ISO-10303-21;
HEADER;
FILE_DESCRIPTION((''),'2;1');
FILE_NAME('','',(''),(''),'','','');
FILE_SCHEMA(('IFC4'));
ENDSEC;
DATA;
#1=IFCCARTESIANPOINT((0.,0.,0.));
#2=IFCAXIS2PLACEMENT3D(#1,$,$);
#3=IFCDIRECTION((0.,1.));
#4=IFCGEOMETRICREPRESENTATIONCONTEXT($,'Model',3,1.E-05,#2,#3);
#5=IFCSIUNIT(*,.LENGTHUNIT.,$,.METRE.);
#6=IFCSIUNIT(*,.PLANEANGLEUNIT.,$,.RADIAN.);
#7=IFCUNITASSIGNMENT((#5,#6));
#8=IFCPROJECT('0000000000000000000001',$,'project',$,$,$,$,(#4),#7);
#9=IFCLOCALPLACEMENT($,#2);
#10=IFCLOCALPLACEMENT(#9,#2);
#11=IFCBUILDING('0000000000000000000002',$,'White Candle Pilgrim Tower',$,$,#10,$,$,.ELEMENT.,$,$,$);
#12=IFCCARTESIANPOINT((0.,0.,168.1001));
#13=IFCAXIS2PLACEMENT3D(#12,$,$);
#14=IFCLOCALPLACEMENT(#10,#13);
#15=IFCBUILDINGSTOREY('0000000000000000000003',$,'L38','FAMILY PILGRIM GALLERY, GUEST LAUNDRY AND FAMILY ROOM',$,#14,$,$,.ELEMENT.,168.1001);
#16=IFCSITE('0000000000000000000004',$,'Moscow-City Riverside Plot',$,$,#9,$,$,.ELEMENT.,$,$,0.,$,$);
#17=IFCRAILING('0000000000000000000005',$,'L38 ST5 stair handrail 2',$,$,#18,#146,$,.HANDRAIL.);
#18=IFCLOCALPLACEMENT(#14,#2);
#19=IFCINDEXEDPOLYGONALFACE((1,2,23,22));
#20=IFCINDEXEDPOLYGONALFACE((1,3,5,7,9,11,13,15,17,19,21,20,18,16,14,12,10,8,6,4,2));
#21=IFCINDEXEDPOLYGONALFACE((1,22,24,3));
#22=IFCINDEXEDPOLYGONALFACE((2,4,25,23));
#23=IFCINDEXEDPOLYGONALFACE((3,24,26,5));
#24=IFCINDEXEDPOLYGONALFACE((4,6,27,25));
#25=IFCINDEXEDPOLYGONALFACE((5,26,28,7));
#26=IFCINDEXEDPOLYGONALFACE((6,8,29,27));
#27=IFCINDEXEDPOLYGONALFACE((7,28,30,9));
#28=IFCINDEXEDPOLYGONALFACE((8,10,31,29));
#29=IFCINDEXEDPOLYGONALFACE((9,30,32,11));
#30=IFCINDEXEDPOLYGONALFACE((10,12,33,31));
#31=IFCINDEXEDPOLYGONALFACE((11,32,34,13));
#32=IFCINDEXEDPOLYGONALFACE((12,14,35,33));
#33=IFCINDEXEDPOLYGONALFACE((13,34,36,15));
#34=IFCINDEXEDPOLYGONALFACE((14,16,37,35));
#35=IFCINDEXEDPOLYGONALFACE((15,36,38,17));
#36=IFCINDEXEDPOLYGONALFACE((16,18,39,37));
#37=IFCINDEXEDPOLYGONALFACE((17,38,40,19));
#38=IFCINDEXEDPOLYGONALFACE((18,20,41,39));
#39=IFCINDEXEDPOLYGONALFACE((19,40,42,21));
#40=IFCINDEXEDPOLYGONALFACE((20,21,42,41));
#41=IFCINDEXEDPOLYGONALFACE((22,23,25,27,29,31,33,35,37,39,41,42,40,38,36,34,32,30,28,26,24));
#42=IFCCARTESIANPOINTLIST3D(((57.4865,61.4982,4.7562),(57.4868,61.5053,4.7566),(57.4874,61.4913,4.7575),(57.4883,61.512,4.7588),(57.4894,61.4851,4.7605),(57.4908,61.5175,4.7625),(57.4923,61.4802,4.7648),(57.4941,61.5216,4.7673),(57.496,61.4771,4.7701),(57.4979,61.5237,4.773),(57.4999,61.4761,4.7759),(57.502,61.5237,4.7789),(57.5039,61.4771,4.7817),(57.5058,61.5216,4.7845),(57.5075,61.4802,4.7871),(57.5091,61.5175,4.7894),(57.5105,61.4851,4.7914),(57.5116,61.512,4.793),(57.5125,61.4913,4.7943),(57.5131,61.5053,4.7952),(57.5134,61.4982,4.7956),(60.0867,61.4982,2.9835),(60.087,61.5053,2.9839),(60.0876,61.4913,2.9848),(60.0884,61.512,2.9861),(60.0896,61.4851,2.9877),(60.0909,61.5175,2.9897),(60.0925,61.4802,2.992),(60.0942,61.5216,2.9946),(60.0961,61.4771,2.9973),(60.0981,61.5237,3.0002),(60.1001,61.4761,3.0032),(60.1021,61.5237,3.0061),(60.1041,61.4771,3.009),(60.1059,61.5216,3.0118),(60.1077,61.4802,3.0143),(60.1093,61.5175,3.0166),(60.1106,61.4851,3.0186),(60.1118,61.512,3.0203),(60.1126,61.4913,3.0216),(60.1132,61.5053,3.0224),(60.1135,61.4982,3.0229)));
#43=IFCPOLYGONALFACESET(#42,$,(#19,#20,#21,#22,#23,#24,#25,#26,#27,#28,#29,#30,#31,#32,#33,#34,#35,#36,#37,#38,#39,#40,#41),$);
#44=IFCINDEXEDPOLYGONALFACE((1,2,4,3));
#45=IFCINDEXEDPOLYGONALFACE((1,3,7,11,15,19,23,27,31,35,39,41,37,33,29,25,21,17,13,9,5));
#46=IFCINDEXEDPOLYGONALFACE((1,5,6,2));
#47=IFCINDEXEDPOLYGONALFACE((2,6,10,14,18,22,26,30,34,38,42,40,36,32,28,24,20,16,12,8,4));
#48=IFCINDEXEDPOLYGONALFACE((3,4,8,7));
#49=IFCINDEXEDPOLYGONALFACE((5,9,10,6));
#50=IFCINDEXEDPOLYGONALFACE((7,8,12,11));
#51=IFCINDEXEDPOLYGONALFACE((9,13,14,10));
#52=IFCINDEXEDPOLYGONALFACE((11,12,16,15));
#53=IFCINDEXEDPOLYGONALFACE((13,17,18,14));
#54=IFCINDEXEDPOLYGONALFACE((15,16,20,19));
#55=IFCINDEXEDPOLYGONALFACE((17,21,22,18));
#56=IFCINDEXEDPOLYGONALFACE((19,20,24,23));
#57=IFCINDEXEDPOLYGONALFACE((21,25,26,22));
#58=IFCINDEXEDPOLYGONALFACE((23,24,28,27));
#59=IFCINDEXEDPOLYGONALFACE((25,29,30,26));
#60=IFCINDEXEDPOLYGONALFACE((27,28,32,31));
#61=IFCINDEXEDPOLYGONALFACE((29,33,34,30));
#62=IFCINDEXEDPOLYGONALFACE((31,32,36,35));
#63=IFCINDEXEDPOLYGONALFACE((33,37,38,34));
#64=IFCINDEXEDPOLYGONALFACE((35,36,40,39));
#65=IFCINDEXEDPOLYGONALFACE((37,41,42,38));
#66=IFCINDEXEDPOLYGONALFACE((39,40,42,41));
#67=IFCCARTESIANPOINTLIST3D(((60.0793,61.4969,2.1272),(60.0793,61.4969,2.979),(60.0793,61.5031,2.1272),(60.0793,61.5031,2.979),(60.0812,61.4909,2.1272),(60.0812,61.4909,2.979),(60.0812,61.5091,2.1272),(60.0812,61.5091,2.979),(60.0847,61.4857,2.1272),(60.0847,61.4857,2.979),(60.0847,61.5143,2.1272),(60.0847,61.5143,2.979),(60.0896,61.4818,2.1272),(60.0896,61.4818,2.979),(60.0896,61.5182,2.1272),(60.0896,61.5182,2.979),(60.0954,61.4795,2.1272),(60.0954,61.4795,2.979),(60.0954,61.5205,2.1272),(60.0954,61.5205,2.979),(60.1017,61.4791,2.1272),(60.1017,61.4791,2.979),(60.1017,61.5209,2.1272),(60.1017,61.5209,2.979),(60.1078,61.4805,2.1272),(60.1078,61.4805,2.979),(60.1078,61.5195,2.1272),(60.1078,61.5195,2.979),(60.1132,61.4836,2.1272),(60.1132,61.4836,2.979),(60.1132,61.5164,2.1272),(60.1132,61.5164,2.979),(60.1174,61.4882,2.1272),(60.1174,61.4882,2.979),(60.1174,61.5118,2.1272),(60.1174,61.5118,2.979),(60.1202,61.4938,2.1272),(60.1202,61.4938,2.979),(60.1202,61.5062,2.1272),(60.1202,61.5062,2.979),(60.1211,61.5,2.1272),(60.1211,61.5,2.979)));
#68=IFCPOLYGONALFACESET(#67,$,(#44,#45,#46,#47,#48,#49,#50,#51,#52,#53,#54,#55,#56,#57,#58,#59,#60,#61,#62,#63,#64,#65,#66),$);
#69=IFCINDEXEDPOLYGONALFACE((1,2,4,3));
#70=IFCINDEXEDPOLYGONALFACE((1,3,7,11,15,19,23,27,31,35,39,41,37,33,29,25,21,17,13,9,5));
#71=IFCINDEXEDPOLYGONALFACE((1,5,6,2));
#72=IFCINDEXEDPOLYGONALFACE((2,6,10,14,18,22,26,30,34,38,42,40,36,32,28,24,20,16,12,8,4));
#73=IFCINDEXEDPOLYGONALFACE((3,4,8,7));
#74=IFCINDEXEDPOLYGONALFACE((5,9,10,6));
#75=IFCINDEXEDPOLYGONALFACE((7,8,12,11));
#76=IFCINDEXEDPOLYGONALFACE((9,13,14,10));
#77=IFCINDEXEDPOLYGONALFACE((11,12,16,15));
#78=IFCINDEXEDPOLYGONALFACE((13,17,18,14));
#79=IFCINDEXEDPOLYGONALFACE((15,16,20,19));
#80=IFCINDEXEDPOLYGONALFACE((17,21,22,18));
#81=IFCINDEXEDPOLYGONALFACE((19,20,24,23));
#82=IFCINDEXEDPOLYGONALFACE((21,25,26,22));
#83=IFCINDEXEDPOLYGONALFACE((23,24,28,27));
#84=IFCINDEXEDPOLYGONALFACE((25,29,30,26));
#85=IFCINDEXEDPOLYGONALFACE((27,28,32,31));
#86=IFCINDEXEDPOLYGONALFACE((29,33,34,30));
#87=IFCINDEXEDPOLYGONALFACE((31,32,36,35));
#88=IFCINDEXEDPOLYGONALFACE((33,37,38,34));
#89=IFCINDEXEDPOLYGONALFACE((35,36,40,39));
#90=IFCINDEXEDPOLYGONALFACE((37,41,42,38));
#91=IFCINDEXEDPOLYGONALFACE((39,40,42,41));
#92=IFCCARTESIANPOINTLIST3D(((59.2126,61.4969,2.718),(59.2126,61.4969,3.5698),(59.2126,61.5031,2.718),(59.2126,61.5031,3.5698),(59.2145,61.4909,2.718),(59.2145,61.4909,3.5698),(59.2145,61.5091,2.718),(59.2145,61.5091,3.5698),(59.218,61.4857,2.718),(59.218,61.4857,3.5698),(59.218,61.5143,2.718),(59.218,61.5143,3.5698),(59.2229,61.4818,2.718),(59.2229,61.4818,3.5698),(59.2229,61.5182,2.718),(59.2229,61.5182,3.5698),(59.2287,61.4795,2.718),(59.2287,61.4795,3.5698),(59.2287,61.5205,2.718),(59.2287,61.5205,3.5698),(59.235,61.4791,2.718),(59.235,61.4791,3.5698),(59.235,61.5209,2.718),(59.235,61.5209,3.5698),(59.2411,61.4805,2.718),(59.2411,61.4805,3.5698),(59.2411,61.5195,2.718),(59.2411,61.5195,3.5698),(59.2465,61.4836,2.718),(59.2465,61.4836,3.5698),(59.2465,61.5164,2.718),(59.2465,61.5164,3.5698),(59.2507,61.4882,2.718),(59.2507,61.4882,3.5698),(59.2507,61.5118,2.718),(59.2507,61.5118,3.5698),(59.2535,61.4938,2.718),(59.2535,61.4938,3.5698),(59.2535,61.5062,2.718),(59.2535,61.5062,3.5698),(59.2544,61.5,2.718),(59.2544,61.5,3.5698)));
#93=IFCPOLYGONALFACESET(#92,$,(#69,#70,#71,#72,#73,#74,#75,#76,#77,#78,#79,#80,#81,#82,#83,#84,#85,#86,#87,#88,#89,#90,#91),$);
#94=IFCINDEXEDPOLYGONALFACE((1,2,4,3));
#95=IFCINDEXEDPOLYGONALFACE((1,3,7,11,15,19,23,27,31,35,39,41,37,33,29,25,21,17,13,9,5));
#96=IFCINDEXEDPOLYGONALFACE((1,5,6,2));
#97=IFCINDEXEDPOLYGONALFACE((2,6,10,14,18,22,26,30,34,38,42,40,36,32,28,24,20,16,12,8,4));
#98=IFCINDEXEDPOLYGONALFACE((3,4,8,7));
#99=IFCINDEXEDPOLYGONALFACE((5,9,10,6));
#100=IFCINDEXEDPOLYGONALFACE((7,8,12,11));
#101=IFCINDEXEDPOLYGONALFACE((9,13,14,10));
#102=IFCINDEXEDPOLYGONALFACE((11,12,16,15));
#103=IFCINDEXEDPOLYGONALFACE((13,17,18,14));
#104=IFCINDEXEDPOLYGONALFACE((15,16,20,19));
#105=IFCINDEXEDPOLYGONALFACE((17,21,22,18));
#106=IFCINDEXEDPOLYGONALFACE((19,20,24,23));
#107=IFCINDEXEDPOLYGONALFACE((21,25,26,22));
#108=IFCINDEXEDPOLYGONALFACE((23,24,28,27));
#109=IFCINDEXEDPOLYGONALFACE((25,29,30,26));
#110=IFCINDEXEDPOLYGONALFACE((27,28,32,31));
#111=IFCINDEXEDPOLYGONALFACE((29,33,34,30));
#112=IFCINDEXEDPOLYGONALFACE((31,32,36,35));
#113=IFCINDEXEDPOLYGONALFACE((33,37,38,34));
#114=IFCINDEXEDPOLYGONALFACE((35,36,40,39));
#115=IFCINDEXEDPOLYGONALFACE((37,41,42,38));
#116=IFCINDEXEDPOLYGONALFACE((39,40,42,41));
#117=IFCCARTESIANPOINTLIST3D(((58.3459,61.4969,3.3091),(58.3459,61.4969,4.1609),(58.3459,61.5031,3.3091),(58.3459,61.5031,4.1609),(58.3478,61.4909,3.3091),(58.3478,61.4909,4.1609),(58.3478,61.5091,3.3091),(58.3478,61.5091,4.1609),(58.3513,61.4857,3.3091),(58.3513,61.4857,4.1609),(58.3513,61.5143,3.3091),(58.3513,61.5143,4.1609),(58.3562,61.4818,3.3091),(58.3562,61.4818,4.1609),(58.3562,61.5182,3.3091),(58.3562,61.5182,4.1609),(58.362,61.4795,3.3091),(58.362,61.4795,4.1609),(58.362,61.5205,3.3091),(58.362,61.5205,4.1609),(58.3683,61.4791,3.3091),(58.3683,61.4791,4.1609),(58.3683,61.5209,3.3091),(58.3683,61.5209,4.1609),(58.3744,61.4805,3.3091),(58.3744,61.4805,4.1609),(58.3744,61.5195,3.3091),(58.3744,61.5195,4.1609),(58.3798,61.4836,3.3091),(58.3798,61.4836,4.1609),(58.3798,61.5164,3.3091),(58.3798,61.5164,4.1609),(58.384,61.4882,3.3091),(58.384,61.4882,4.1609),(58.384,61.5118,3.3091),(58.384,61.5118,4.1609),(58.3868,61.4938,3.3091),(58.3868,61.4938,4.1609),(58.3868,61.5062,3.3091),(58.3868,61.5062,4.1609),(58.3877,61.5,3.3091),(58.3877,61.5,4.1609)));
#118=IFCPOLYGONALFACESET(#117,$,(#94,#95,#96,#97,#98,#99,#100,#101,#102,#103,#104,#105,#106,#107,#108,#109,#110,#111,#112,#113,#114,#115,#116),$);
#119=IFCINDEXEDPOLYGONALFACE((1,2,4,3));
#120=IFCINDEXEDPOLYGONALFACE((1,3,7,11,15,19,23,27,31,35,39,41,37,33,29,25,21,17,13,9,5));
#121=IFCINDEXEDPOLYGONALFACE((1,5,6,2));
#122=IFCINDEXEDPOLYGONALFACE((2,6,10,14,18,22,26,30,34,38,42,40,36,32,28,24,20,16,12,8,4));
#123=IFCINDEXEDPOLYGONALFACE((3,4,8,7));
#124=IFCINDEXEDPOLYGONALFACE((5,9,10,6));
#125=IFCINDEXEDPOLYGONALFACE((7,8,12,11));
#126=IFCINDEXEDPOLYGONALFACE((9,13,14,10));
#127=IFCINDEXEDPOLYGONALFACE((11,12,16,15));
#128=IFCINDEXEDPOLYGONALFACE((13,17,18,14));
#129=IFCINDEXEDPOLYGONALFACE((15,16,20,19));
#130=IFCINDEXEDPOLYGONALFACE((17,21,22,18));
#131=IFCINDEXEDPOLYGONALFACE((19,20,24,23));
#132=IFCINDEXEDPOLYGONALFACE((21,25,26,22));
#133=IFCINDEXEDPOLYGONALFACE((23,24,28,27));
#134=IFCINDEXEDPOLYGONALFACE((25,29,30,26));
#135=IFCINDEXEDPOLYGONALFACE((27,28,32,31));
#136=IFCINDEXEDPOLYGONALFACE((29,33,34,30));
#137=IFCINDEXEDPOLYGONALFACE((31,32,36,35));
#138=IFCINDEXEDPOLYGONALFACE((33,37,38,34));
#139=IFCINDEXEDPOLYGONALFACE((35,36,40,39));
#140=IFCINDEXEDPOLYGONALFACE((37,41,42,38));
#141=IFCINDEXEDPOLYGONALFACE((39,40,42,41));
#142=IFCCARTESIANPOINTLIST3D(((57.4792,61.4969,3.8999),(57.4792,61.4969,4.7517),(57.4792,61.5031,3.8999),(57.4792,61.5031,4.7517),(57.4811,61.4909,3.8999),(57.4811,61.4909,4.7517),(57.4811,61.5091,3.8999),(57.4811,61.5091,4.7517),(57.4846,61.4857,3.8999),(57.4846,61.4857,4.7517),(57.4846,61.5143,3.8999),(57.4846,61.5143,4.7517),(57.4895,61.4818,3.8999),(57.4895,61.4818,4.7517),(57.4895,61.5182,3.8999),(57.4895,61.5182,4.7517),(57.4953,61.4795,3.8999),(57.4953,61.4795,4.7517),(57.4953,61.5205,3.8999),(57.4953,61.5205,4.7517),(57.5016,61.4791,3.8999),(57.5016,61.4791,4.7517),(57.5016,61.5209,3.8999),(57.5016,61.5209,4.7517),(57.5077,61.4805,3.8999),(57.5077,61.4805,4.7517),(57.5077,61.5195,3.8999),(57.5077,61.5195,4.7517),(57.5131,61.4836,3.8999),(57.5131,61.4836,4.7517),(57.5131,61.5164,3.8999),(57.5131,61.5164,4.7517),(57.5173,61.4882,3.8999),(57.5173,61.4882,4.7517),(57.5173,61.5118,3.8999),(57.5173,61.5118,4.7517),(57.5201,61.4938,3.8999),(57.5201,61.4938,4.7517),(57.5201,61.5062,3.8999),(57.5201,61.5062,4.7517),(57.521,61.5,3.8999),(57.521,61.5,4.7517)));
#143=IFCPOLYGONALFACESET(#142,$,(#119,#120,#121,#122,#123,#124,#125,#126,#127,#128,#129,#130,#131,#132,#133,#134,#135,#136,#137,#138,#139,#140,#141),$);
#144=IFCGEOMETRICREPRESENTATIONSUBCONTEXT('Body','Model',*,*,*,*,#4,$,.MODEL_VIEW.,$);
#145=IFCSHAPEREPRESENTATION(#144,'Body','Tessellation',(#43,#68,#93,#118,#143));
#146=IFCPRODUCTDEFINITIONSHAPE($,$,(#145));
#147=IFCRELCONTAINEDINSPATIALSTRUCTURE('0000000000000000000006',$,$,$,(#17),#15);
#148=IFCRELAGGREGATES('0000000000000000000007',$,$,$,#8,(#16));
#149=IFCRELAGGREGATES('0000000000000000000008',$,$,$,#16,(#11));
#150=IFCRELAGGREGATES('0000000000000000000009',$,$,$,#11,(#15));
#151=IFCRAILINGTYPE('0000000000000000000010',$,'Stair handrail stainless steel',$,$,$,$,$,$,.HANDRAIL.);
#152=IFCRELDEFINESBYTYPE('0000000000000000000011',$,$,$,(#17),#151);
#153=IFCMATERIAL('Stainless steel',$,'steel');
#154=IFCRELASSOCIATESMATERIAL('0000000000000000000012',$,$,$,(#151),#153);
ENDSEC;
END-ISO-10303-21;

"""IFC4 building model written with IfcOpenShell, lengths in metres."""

from ifc_helpers import new_model, si_unit, direction, frame, origin, origin_2d, place, context, subcontext, project, spatial, circle, extrude, material, type_object, element, save


model = new_model("IFC4")

# Units and contexts
model_context = context("Model", 3, precision=1e-05, world=origin(), true_north=direction((0.0, 1.0)))
body_context = subcontext(model_context, "Body", "Model", "MODEL_VIEW")
ifc_project = project(units=[si_unit("LENGTHUNIT", "METRE"), si_unit("PLANEANGLEUNIT", "RADIAN")], contexts=[model_context])

# Site, building, storey
site_placement = place(None, origin())
site = spatial("IfcSite", under=ifc_project, at=site_placement, Name="Moscow-City Riverside Plot", CompositionType="ELEMENT", RefElevation=0.0)
building_placement = place(site_placement, origin())
building = spatial("IfcBuilding", under=site, at=building_placement, Name="White Candle Pilgrim Tower", CompositionType="ELEMENT")
storey_placement = place(building_placement, frame((0.0, 0.0, 168.1001)))
storey = spatial("IfcBuildingStorey", under=building, at=storey_placement, Name="L38", Description="FAMILY PILGRIM GALLERY, GUEST LAUNDRY AND FAMILY ROOM", CompositionType="ELEMENT", Elevation=168.1001)

# Railing
ifc_material_1 = material(Name="Stainless steel", Category="steel")
railing_type_1 = type_object("IfcRailingType", Name="Stair handrail stainless steel", PredefinedType="HANDRAIL", material=ifc_material_1)
railing_1_placement = place(storey_placement, frame((60.1001, 61.5, 2.1272)))
element("IfcRailing", 1, at=railing_1_placement, inside=storey, type_object=railing_type_1, Name="L38 ST5 stair handrail 2", PredefinedType="HANDRAIL", context=body_context, shape_type="SweptSolid", body=[
    extrude(circle(Radius=0.0239, at=origin_2d()), frame((0.0, 0.0, 0.876), z_axis=(-0.82624, 0.0, 0.563318), x_axis=(0.0, -1.0, 0.0)), (0.0, 0.0, 1.0), 3.147),
    extrude(circle(Radius=0.021, at=origin_2d()), origin(), (0.0, 0.0, 1.0), 0.8518),
    extrude(circle(Radius=0.021, at=origin_2d()), frame((-0.8667, 0.0, 0.5908)), (0.0, 0.0, 1.0), 0.8518),
    extrude(circle(Radius=0.021, at=origin_2d()), frame((-1.7334, 0.0, 1.1819)), (0.0, 0.0, 1.0), 0.8518),
    extrude(circle(Radius=0.021, at=origin_2d()), frame((-2.6001, 0.0, 1.7727)), (0.0, 0.0, 1.0), 0.8518),
])

save(model, "model.ifc")
